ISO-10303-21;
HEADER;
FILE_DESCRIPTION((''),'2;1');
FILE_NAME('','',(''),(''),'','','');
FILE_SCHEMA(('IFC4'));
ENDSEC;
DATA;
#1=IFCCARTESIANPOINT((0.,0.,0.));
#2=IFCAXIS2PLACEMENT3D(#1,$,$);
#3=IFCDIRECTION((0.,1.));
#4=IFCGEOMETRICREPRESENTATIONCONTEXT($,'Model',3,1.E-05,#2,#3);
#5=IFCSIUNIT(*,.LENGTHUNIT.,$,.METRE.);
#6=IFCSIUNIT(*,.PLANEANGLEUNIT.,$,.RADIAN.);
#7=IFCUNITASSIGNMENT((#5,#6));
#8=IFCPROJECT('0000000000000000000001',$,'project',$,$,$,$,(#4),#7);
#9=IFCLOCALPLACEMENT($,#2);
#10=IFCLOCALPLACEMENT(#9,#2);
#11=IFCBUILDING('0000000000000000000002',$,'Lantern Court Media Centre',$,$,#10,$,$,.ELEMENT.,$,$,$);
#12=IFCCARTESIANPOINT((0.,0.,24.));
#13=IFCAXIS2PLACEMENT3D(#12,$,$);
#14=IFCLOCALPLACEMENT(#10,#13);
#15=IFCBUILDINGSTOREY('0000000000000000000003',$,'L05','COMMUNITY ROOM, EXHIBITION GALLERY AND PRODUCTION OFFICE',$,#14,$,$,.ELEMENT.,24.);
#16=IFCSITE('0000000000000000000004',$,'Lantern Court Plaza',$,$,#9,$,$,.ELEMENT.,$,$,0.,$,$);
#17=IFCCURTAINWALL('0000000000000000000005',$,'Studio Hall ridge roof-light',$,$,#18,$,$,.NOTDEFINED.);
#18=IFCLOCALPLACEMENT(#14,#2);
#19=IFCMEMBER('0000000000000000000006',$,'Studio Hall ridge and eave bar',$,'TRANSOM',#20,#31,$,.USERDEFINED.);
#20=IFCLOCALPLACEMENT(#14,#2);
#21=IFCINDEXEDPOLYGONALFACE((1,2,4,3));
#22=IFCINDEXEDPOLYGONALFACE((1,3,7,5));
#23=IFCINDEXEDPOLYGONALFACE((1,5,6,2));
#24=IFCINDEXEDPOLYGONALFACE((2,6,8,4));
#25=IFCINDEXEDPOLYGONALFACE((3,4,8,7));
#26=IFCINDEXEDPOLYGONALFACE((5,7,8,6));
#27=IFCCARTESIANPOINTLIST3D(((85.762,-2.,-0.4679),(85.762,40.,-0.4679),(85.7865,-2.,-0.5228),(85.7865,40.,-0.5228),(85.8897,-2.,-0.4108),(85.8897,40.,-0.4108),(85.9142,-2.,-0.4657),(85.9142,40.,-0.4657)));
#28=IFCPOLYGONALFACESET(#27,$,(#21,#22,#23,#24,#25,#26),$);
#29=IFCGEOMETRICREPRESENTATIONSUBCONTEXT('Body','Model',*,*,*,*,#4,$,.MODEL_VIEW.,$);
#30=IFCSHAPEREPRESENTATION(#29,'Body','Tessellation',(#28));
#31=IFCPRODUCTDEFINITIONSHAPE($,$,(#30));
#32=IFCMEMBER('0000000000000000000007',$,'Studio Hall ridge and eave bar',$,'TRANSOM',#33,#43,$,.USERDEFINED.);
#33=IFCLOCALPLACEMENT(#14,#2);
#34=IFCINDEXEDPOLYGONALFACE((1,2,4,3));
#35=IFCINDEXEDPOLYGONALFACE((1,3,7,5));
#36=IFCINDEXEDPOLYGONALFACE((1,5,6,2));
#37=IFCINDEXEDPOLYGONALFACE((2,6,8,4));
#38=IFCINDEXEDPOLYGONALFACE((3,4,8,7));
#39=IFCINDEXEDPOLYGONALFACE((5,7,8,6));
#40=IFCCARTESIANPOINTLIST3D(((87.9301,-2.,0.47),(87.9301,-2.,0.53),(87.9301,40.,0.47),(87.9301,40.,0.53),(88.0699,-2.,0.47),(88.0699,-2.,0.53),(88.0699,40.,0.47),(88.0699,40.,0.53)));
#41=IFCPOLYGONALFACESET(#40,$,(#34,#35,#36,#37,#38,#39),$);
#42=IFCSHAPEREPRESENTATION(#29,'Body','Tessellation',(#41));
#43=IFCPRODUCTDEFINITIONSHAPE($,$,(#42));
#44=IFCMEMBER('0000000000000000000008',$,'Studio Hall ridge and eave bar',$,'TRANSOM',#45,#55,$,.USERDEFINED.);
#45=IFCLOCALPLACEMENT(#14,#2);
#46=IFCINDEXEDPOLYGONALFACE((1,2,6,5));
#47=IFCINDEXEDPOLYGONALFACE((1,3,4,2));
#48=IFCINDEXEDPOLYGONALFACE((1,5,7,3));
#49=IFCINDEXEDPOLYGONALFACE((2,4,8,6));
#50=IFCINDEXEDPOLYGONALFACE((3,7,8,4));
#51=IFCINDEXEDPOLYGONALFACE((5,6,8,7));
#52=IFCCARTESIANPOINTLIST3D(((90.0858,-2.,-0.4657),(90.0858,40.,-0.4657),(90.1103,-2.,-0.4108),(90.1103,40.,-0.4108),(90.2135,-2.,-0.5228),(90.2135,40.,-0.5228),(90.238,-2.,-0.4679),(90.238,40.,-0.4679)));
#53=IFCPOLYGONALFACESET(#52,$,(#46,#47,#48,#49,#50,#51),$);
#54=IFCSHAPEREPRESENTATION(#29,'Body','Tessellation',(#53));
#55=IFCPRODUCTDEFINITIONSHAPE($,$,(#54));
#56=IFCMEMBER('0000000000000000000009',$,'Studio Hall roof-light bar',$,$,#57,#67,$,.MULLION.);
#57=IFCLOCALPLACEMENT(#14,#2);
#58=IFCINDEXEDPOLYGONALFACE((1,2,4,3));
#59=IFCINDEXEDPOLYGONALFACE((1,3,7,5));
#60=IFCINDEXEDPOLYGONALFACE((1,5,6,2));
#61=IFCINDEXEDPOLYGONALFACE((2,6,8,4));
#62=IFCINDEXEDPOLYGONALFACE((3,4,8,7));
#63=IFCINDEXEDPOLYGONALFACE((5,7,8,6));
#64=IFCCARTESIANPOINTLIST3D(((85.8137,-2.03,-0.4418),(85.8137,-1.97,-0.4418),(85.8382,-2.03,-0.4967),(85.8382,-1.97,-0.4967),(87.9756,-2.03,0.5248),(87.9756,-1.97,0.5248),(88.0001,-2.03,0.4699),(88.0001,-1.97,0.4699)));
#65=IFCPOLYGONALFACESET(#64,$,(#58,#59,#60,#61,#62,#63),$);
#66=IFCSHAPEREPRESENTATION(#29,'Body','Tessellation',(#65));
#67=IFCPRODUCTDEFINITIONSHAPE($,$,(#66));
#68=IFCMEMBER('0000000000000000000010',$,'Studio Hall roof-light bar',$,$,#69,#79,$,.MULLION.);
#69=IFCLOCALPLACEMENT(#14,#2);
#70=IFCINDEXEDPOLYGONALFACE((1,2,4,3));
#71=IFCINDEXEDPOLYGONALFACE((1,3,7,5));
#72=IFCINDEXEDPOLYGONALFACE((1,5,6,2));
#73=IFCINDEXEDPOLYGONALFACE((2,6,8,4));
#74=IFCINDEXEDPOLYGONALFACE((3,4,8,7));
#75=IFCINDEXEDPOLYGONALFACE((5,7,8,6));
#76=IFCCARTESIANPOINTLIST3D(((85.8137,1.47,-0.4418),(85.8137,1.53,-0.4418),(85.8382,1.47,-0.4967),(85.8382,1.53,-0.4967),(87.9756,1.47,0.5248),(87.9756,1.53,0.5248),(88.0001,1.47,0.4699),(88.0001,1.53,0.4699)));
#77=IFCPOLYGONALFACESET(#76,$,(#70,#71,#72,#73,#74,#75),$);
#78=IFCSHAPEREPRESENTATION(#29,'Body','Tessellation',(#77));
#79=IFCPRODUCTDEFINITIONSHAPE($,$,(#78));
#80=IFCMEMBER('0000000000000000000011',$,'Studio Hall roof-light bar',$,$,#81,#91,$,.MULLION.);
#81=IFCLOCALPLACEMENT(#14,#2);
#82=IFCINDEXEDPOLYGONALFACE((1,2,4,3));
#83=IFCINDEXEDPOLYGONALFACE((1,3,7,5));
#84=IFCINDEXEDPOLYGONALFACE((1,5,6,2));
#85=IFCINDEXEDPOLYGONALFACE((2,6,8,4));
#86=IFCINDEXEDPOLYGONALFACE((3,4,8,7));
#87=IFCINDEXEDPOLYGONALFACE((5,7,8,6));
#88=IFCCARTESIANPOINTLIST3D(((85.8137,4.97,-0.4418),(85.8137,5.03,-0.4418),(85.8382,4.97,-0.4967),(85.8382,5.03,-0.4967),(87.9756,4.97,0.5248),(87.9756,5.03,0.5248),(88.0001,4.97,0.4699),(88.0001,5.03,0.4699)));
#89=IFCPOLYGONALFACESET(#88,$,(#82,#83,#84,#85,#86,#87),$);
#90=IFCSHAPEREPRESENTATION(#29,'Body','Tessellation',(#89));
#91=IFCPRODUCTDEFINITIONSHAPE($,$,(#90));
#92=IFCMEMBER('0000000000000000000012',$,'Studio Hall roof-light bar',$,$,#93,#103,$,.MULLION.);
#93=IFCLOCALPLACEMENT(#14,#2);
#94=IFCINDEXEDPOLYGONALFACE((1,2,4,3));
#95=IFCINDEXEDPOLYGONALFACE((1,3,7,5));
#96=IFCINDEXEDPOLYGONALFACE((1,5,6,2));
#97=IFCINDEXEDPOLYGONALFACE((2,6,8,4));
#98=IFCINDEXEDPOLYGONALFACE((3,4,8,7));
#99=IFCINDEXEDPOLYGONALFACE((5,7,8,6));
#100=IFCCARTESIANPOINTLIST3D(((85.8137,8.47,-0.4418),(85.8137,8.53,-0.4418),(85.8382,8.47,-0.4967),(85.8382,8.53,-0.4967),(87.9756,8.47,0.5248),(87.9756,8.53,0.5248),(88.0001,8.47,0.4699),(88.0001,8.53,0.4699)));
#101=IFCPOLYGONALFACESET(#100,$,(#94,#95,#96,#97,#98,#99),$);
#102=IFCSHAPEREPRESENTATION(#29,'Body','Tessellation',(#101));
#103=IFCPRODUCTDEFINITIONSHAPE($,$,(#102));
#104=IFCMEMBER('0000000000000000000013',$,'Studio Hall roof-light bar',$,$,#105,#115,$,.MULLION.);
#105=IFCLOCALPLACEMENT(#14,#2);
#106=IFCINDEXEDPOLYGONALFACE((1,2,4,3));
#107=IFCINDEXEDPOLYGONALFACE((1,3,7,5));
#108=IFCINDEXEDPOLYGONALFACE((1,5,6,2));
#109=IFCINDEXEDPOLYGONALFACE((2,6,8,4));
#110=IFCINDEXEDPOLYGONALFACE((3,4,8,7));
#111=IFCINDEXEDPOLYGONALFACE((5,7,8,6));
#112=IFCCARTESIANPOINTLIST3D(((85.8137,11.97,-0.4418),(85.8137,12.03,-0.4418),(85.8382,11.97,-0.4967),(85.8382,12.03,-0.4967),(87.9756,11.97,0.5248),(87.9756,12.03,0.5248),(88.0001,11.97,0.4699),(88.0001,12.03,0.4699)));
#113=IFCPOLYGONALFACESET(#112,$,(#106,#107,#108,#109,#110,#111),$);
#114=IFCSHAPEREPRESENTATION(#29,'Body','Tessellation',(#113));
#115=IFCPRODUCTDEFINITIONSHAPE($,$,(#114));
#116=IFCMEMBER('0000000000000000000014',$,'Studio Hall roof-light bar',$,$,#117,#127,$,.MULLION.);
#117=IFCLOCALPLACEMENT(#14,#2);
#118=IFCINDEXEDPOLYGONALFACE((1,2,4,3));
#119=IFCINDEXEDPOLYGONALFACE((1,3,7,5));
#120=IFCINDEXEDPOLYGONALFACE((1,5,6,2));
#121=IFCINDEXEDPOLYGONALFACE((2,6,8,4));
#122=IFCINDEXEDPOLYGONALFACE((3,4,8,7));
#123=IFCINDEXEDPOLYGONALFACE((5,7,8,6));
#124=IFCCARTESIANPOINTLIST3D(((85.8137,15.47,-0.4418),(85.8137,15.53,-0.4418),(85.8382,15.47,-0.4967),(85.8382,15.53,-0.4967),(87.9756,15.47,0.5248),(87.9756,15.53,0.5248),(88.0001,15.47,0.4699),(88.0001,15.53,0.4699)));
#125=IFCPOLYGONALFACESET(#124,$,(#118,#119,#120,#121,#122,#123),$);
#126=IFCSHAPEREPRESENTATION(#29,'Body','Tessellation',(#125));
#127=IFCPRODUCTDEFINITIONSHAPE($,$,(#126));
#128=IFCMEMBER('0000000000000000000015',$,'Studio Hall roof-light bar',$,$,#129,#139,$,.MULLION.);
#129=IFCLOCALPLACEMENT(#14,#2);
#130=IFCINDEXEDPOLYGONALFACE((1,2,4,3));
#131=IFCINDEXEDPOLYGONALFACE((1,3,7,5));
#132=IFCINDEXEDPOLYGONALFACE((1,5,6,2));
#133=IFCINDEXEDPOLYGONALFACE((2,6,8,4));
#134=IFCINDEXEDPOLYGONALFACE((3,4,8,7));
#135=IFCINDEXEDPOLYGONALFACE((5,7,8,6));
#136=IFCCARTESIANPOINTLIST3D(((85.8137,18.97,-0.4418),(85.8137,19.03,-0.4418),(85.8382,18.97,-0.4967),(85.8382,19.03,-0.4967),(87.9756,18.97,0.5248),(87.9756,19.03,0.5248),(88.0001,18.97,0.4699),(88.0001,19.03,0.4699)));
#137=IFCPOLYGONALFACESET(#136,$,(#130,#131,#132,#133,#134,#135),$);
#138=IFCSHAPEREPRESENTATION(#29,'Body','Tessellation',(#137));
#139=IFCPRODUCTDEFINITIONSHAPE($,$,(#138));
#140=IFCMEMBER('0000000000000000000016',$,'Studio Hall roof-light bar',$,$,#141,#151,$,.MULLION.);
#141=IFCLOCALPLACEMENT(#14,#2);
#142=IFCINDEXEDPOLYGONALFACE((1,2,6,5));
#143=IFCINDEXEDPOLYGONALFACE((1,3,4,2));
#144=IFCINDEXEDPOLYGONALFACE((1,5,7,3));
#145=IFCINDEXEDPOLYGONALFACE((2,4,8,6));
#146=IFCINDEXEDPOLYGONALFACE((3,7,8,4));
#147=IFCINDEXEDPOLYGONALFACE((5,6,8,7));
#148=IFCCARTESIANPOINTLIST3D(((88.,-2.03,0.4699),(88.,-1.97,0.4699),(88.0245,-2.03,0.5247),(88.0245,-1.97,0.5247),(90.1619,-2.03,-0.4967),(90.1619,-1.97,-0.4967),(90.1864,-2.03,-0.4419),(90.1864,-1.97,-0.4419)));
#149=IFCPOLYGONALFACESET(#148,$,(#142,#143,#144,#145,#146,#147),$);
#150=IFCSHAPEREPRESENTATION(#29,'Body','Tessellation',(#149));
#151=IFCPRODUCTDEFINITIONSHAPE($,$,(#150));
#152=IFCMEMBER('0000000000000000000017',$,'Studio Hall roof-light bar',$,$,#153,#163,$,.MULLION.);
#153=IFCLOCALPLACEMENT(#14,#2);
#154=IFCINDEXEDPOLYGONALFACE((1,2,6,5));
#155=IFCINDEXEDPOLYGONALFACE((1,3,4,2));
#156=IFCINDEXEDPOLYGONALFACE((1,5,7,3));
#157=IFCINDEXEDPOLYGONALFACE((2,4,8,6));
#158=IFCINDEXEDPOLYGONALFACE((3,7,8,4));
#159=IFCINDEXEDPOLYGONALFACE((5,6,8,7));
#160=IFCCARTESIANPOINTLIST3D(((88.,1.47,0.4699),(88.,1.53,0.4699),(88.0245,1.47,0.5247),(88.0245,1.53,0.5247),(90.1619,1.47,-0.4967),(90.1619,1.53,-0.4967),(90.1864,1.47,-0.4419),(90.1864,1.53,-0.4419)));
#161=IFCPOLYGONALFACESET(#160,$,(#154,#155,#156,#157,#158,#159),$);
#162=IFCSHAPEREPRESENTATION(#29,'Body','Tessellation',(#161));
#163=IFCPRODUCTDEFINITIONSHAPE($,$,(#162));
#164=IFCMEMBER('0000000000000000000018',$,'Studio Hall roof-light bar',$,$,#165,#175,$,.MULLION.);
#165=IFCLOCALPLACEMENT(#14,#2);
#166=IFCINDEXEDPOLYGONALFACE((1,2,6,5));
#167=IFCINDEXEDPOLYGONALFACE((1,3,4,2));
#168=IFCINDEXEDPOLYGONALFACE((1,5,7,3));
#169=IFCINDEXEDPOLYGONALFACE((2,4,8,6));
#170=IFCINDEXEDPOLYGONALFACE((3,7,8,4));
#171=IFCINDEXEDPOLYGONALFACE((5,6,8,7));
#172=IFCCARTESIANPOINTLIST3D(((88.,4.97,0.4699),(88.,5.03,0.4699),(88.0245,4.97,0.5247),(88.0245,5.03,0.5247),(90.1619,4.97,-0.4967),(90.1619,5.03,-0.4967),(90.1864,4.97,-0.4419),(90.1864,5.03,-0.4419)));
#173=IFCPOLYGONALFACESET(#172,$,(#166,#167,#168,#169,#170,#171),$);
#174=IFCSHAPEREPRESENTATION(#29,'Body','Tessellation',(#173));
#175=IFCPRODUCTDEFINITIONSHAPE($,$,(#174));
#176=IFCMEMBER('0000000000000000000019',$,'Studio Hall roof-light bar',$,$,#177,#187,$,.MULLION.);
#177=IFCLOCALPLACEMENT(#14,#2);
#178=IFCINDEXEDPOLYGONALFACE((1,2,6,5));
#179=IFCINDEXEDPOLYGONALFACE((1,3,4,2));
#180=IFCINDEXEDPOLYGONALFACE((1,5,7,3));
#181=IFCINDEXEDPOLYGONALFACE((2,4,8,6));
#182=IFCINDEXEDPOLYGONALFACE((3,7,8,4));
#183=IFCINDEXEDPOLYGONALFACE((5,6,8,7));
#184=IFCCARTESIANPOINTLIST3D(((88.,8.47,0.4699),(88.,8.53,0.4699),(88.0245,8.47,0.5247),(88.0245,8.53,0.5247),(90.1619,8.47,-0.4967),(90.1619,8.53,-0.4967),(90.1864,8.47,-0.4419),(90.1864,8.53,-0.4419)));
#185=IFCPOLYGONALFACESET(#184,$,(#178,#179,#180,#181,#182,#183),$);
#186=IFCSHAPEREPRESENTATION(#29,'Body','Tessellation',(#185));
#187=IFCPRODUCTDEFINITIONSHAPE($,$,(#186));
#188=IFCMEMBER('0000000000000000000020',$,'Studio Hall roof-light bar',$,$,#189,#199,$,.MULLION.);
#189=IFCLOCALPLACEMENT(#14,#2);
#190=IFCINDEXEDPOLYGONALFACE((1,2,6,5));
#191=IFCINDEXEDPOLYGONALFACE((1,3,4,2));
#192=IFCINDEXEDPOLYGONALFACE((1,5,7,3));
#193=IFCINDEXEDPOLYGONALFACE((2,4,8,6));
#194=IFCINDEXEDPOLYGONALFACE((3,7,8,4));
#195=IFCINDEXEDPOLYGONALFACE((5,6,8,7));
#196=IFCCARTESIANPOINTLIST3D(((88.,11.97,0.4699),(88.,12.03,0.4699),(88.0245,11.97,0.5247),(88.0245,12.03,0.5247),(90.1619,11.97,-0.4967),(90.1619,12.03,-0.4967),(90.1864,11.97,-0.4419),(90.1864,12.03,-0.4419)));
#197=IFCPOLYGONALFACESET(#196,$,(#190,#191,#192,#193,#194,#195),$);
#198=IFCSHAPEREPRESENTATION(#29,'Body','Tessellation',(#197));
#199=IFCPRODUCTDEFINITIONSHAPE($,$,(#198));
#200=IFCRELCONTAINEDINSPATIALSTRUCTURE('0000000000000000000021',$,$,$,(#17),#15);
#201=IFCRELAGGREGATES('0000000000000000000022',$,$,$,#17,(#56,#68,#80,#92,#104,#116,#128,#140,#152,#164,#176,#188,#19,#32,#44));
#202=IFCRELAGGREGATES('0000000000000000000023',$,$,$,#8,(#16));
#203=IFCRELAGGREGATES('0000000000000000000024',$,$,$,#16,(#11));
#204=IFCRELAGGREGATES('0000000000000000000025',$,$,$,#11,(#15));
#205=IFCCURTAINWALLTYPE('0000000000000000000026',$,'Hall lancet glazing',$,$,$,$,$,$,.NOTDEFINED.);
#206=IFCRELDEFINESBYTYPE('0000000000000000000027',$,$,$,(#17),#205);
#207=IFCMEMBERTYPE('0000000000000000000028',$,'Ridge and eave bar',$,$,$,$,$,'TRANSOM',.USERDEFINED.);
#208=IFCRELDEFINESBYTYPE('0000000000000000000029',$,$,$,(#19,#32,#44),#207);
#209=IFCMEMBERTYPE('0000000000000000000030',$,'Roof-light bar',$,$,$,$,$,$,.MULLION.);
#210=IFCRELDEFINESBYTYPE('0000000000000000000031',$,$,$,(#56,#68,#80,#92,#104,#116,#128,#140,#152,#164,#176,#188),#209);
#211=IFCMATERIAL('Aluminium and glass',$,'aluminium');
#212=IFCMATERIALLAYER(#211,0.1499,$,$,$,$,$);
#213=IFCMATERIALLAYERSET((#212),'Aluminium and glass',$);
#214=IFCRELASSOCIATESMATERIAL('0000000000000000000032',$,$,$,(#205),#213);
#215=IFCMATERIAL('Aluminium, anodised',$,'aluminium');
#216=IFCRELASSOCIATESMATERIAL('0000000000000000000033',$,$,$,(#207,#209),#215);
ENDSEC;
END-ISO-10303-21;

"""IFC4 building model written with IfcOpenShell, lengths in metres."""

from ifc_helpers import new_model, si_unit, direction, frame, origin, origin_2d, place, context, subcontext, project, spatial, rectangle, extrude, material, layer, layer_set, material_profile, profile_set, type_object, element, aggregate, save


model = new_model("IFC4")

# Units and contexts
model_context = context("Model", 3, precision=1e-05, world=origin(), true_north=direction((0.0, 1.0)))
body_context = subcontext(model_context, "Body", "Model", "MODEL_VIEW")
ifc_project = project(units=[si_unit("LENGTHUNIT", "METRE"), si_unit("PLANEANGLEUNIT", "RADIAN")], contexts=[model_context])

# Site, building, storey
site_placement = place(None, origin())
site = spatial("IfcSite", under=ifc_project, at=site_placement, Name="Lantern Court Plaza", CompositionType="ELEMENT", RefElevation=0.0)
building_placement = place(site_placement, origin())
building = spatial("IfcBuilding", under=site, at=building_placement, Name="Lantern Court Media Centre", CompositionType="ELEMENT")
storey_placement = place(building_placement, frame((0.0, 0.0, 24.0)))
storey = spatial("IfcBuildingStorey", under=building, at=storey_placement, Name="L05", Description="COMMUNITY ROOM, EXHIBITION GALLERY AND PRODUCTION OFFICE", CompositionType="ELEMENT", Elevation=24.0)

# Curtain wall, members
ifc_material_1 = material(Name="Aluminium and glass", Category="aluminium")
ifc_layer_1 = layer(ifc_material_1, 0.1499)
ifc_layer_set_1 = layer_set([ifc_layer_1], Name="Aluminium and glass")
curtain_wall_type = type_object("IfcCurtainWallType", Name="Hall lancet glazing", PredefinedType="NOTDEFINED", material=ifc_layer_set_1)
curtain_wall_placement = place(storey_placement, origin())
curtain_wall = element("IfcCurtainWall", 1, at=curtain_wall_placement, inside=storey, type_object=curtain_wall_type, Name="Studio Hall ridge roof-light", PredefinedType="NOTDEFINED")
ifc_material_2 = material(Name="Aluminium, anodised", Category="aluminium")
ifc_material_profile_1 = material_profile(ifc_material_2, rectangle(XDim=0.1399, YDim=0.0601, at=origin_2d()), Name="Ridge and eave bar")
ifc_profile_set_1 = profile_set([ifc_material_profile_1], Name="Aluminium, anodised")
member_type_1 = type_object("IfcMemberType", Name="Ridge and eave bar", ElementType="TRANSOM", PredefinedType="USERDEFINED", material=ifc_profile_set_1)
placement = place(building_placement, frame((0.0, 0.0, 19.2)))
member_1_placement = place(placement, frame((85.8381, -2.0, 4.3333), z_axis=(0.0, 1.0, 0.0), x_axis=(-0.912905, 0.0, -0.408171)))
member_1 = element("IfcMember", 2, at=member_1_placement, type_object=member_type_1, Name="Studio Hall ridge and eave bar", ObjectType="TRANSOM", PredefinedType="USERDEFINED", context=body_context, shape_type="SweptSolid", body=[
    extrude(rectangle(XDim=0.1399, YDim=0.0601, at=origin_2d()), origin(), (0.0, 0.0, 1.0), 42.0),
])
member_2_placement = place(storey_placement, frame((88.0, -2.0, 0.5), z_axis=(0.0, 1.0, 0.0), x_axis=(-1.0, 0.0, 0.0)))
member_2 = element("IfcMember", 3, at=member_2_placement, type_object=member_type_1, Name="Studio Hall ridge and eave bar", ObjectType="TRANSOM", PredefinedType="USERDEFINED", context=body_context, shape_type="SweptSolid", body=[
    extrude(rectangle(XDim=0.1399, YDim=0.0601, at=origin_2d()), origin(), (0.0, 0.0, 1.0), 42.0),
])
member_3_placement = place(placement, frame((90.1619, -2.0, 4.3333), z_axis=(0.0, 1.0, 0.0), x_axis=(-0.912905, 0.0, 0.408171)))
member_3 = element("IfcMember", 4, at=member_3_placement, type_object=member_type_1, Name="Studio Hall ridge and eave bar", ObjectType="TRANSOM", PredefinedType="USERDEFINED", context=body_context, shape_type="SweptSolid", body=[
    extrude(rectangle(XDim=0.1399, YDim=0.0601, at=origin_2d()), origin(), (0.0, 0.0, 1.0), 42.0),
])
ifc_material_profile_2 = material_profile(ifc_material_2, rectangle(XDim=0.0601, YDim=0.0601, at=origin_2d()), Name="Roof-light bar")
ifc_profile_set_2 = profile_set([ifc_material_profile_2], Name="Aluminium, anodised")
member_type_2 = type_object("IfcMemberType", Name="Roof-light bar", PredefinedType="MULLION", material=ifc_profile_set_2)
member_4_placement = place(placement, frame((85.8259, -2.0, 4.3308), z_axis=(0.912912, 0.0, 0.408156), x_axis=(0.0, 1.0, 0.0)))
member_4 = element("IfcMember", 5, at=member_4_placement, type_object=member_type_2, Name="Studio Hall roof-light bar", PredefinedType="MULLION", context=body_context, shape_type="SweptSolid", body=[
    extrude(rectangle(XDim=0.0601, YDim=0.0601, at=origin_2d()), origin(), (0.0, 0.0, 1.0), 2.3682),
])
member_5_placement = place(placement, frame((85.8259, 1.5, 4.3308), z_axis=(0.912912, 0.0, 0.408156), x_axis=(0.0, 1.0, 0.0)))
member_5 = element("IfcMember", 6, at=member_5_placement, type_object=member_type_2, Name="Studio Hall roof-light bar", PredefinedType="MULLION", context=body_context, shape_type="SweptSolid", body=[
    extrude(rectangle(XDim=0.0601, YDim=0.0601, at=origin_2d()), origin(), (0.0, 0.0, 1.0), 2.3682),
])
member_6_placement = place(placement, frame((85.8259, 5.0, 4.3308), z_axis=(0.912912, 0.0, 0.408156), x_axis=(0.0, 1.0, 0.0)))
member_6 = element("IfcMember", 7, at=member_6_placement, type_object=member_type_2, Name="Studio Hall roof-light bar", PredefinedType="MULLION", context=body_context, shape_type="SweptSolid", body=[
    extrude(rectangle(XDim=0.0601, YDim=0.0601, at=origin_2d()), origin(), (0.0, 0.0, 1.0), 2.3682),
])
member_7_placement = place(placement, frame((85.8259, 8.5, 4.3308), z_axis=(0.912912, 0.0, 0.408156), x_axis=(0.0, 1.0, 0.0)))
member_7 = element("IfcMember", 8, at=member_7_placement, type_object=member_type_2, Name="Studio Hall roof-light bar", PredefinedType="MULLION", context=body_context, shape_type="SweptSolid", body=[
    extrude(rectangle(XDim=0.0601, YDim=0.0601, at=origin_2d()), origin(), (0.0, 0.0, 1.0), 2.3682),
])
member_8_placement = place(placement, frame((85.8259, 12.0, 4.3308), z_axis=(0.912912, 0.0, 0.408156), x_axis=(0.0, 1.0, 0.0)))
member_8 = element("IfcMember", 9, at=member_8_placement, type_object=member_type_2, Name="Studio Hall roof-light bar", PredefinedType="MULLION", context=body_context, shape_type="SweptSolid", body=[
    extrude(rectangle(XDim=0.0601, YDim=0.0601, at=origin_2d()), origin(), (0.0, 0.0, 1.0), 2.3682),
])
member_9_placement = place(placement, frame((85.8259, 15.5, 4.3308), z_axis=(0.912912, 0.0, 0.408156), x_axis=(0.0, 1.0, 0.0)))
member_9 = element("IfcMember", 10, at=member_9_placement, type_object=member_type_2, Name="Studio Hall roof-light bar", PredefinedType="MULLION", context=body_context, shape_type="SweptSolid", body=[
    extrude(rectangle(XDim=0.0601, YDim=0.0601, at=origin_2d()), origin(), (0.0, 0.0, 1.0), 2.3682),
])
member_10_placement = place(placement, frame((85.8259, 19.0, 4.3308), z_axis=(0.912912, 0.0, 0.408156), x_axis=(0.0, 1.0, 0.0)))
member_10 = element("IfcMember", 11, at=member_10_placement, type_object=member_type_2, Name="Studio Hall roof-light bar", PredefinedType="MULLION", context=body_context, shape_type="SweptSolid", body=[
    extrude(rectangle(XDim=0.0601, YDim=0.0601, at=origin_2d()), origin(), (0.0, 0.0, 1.0), 2.3682),
])
member_11_placement = place(storey_placement, frame((88.0122, -2.0, 0.4973), z_axis=(0.912912, 0.0, -0.408156), x_axis=(0.0, 1.0, 0.0)))
member_11 = element("IfcMember", 12, at=member_11_placement, type_object=member_type_2, Name="Studio Hall roof-light bar", PredefinedType="MULLION", context=body_context, shape_type="SweptSolid", body=[
    extrude(rectangle(XDim=0.0601, YDim=0.0601, at=origin_2d()), origin(), (0.0, 0.0, 1.0), 2.3682),
])
member_12_placement = place(storey_placement, frame((88.0122, 1.5, 0.4973), z_axis=(0.912912, 0.0, -0.408156), x_axis=(0.0, 1.0, 0.0)))
member_12 = element("IfcMember", 13, at=member_12_placement, type_object=member_type_2, Name="Studio Hall roof-light bar", PredefinedType="MULLION", context=body_context, shape_type="SweptSolid", body=[
    extrude(rectangle(XDim=0.0601, YDim=0.0601, at=origin_2d()), origin(), (0.0, 0.0, 1.0), 2.3682),
])
member_13_placement = place(storey_placement, frame((88.0122, 5.0, 0.4973), z_axis=(0.912912, 0.0, -0.408156), x_axis=(0.0, 1.0, 0.0)))
member_13 = element("IfcMember", 14, at=member_13_placement, type_object=member_type_2, Name="Studio Hall roof-light bar", PredefinedType="MULLION", context=body_context, shape_type="SweptSolid", body=[
    extrude(rectangle(XDim=0.0601, YDim=0.0601, at=origin_2d()), origin(), (0.0, 0.0, 1.0), 2.3682),
])
member_14_placement = place(storey_placement, frame((88.0122, 8.5, 0.4973), z_axis=(0.912912, 0.0, -0.408156), x_axis=(0.0, 1.0, 0.0)))
member_14 = element("IfcMember", 15, at=member_14_placement, type_object=member_type_2, Name="Studio Hall roof-light bar", PredefinedType="MULLION", context=body_context, shape_type="SweptSolid", body=[
    extrude(rectangle(XDim=0.0601, YDim=0.0601, at=origin_2d()), origin(), (0.0, 0.0, 1.0), 2.3682),
])
member_15_placement = place(storey_placement, frame((88.0122, 12.0, 0.4973), z_axis=(0.912912, 0.0, -0.408156), x_axis=(0.0, 1.0, 0.0)))
member_15 = element("IfcMember", 16, at=member_15_placement, type_object=member_type_2, Name="Studio Hall roof-light bar", PredefinedType="MULLION", context=body_context, shape_type="SweptSolid", body=[
    extrude(rectangle(XDim=0.0601, YDim=0.0601, at=origin_2d()), origin(), (0.0, 0.0, 1.0), 2.3682),
])
aggregate(curtain_wall, [member_4, member_5, member_6, member_7, member_8, member_9, member_10, member_11, member_12, member_13, member_14, member_15, member_1, member_2, member_3])

save(model, "model.ifc")
